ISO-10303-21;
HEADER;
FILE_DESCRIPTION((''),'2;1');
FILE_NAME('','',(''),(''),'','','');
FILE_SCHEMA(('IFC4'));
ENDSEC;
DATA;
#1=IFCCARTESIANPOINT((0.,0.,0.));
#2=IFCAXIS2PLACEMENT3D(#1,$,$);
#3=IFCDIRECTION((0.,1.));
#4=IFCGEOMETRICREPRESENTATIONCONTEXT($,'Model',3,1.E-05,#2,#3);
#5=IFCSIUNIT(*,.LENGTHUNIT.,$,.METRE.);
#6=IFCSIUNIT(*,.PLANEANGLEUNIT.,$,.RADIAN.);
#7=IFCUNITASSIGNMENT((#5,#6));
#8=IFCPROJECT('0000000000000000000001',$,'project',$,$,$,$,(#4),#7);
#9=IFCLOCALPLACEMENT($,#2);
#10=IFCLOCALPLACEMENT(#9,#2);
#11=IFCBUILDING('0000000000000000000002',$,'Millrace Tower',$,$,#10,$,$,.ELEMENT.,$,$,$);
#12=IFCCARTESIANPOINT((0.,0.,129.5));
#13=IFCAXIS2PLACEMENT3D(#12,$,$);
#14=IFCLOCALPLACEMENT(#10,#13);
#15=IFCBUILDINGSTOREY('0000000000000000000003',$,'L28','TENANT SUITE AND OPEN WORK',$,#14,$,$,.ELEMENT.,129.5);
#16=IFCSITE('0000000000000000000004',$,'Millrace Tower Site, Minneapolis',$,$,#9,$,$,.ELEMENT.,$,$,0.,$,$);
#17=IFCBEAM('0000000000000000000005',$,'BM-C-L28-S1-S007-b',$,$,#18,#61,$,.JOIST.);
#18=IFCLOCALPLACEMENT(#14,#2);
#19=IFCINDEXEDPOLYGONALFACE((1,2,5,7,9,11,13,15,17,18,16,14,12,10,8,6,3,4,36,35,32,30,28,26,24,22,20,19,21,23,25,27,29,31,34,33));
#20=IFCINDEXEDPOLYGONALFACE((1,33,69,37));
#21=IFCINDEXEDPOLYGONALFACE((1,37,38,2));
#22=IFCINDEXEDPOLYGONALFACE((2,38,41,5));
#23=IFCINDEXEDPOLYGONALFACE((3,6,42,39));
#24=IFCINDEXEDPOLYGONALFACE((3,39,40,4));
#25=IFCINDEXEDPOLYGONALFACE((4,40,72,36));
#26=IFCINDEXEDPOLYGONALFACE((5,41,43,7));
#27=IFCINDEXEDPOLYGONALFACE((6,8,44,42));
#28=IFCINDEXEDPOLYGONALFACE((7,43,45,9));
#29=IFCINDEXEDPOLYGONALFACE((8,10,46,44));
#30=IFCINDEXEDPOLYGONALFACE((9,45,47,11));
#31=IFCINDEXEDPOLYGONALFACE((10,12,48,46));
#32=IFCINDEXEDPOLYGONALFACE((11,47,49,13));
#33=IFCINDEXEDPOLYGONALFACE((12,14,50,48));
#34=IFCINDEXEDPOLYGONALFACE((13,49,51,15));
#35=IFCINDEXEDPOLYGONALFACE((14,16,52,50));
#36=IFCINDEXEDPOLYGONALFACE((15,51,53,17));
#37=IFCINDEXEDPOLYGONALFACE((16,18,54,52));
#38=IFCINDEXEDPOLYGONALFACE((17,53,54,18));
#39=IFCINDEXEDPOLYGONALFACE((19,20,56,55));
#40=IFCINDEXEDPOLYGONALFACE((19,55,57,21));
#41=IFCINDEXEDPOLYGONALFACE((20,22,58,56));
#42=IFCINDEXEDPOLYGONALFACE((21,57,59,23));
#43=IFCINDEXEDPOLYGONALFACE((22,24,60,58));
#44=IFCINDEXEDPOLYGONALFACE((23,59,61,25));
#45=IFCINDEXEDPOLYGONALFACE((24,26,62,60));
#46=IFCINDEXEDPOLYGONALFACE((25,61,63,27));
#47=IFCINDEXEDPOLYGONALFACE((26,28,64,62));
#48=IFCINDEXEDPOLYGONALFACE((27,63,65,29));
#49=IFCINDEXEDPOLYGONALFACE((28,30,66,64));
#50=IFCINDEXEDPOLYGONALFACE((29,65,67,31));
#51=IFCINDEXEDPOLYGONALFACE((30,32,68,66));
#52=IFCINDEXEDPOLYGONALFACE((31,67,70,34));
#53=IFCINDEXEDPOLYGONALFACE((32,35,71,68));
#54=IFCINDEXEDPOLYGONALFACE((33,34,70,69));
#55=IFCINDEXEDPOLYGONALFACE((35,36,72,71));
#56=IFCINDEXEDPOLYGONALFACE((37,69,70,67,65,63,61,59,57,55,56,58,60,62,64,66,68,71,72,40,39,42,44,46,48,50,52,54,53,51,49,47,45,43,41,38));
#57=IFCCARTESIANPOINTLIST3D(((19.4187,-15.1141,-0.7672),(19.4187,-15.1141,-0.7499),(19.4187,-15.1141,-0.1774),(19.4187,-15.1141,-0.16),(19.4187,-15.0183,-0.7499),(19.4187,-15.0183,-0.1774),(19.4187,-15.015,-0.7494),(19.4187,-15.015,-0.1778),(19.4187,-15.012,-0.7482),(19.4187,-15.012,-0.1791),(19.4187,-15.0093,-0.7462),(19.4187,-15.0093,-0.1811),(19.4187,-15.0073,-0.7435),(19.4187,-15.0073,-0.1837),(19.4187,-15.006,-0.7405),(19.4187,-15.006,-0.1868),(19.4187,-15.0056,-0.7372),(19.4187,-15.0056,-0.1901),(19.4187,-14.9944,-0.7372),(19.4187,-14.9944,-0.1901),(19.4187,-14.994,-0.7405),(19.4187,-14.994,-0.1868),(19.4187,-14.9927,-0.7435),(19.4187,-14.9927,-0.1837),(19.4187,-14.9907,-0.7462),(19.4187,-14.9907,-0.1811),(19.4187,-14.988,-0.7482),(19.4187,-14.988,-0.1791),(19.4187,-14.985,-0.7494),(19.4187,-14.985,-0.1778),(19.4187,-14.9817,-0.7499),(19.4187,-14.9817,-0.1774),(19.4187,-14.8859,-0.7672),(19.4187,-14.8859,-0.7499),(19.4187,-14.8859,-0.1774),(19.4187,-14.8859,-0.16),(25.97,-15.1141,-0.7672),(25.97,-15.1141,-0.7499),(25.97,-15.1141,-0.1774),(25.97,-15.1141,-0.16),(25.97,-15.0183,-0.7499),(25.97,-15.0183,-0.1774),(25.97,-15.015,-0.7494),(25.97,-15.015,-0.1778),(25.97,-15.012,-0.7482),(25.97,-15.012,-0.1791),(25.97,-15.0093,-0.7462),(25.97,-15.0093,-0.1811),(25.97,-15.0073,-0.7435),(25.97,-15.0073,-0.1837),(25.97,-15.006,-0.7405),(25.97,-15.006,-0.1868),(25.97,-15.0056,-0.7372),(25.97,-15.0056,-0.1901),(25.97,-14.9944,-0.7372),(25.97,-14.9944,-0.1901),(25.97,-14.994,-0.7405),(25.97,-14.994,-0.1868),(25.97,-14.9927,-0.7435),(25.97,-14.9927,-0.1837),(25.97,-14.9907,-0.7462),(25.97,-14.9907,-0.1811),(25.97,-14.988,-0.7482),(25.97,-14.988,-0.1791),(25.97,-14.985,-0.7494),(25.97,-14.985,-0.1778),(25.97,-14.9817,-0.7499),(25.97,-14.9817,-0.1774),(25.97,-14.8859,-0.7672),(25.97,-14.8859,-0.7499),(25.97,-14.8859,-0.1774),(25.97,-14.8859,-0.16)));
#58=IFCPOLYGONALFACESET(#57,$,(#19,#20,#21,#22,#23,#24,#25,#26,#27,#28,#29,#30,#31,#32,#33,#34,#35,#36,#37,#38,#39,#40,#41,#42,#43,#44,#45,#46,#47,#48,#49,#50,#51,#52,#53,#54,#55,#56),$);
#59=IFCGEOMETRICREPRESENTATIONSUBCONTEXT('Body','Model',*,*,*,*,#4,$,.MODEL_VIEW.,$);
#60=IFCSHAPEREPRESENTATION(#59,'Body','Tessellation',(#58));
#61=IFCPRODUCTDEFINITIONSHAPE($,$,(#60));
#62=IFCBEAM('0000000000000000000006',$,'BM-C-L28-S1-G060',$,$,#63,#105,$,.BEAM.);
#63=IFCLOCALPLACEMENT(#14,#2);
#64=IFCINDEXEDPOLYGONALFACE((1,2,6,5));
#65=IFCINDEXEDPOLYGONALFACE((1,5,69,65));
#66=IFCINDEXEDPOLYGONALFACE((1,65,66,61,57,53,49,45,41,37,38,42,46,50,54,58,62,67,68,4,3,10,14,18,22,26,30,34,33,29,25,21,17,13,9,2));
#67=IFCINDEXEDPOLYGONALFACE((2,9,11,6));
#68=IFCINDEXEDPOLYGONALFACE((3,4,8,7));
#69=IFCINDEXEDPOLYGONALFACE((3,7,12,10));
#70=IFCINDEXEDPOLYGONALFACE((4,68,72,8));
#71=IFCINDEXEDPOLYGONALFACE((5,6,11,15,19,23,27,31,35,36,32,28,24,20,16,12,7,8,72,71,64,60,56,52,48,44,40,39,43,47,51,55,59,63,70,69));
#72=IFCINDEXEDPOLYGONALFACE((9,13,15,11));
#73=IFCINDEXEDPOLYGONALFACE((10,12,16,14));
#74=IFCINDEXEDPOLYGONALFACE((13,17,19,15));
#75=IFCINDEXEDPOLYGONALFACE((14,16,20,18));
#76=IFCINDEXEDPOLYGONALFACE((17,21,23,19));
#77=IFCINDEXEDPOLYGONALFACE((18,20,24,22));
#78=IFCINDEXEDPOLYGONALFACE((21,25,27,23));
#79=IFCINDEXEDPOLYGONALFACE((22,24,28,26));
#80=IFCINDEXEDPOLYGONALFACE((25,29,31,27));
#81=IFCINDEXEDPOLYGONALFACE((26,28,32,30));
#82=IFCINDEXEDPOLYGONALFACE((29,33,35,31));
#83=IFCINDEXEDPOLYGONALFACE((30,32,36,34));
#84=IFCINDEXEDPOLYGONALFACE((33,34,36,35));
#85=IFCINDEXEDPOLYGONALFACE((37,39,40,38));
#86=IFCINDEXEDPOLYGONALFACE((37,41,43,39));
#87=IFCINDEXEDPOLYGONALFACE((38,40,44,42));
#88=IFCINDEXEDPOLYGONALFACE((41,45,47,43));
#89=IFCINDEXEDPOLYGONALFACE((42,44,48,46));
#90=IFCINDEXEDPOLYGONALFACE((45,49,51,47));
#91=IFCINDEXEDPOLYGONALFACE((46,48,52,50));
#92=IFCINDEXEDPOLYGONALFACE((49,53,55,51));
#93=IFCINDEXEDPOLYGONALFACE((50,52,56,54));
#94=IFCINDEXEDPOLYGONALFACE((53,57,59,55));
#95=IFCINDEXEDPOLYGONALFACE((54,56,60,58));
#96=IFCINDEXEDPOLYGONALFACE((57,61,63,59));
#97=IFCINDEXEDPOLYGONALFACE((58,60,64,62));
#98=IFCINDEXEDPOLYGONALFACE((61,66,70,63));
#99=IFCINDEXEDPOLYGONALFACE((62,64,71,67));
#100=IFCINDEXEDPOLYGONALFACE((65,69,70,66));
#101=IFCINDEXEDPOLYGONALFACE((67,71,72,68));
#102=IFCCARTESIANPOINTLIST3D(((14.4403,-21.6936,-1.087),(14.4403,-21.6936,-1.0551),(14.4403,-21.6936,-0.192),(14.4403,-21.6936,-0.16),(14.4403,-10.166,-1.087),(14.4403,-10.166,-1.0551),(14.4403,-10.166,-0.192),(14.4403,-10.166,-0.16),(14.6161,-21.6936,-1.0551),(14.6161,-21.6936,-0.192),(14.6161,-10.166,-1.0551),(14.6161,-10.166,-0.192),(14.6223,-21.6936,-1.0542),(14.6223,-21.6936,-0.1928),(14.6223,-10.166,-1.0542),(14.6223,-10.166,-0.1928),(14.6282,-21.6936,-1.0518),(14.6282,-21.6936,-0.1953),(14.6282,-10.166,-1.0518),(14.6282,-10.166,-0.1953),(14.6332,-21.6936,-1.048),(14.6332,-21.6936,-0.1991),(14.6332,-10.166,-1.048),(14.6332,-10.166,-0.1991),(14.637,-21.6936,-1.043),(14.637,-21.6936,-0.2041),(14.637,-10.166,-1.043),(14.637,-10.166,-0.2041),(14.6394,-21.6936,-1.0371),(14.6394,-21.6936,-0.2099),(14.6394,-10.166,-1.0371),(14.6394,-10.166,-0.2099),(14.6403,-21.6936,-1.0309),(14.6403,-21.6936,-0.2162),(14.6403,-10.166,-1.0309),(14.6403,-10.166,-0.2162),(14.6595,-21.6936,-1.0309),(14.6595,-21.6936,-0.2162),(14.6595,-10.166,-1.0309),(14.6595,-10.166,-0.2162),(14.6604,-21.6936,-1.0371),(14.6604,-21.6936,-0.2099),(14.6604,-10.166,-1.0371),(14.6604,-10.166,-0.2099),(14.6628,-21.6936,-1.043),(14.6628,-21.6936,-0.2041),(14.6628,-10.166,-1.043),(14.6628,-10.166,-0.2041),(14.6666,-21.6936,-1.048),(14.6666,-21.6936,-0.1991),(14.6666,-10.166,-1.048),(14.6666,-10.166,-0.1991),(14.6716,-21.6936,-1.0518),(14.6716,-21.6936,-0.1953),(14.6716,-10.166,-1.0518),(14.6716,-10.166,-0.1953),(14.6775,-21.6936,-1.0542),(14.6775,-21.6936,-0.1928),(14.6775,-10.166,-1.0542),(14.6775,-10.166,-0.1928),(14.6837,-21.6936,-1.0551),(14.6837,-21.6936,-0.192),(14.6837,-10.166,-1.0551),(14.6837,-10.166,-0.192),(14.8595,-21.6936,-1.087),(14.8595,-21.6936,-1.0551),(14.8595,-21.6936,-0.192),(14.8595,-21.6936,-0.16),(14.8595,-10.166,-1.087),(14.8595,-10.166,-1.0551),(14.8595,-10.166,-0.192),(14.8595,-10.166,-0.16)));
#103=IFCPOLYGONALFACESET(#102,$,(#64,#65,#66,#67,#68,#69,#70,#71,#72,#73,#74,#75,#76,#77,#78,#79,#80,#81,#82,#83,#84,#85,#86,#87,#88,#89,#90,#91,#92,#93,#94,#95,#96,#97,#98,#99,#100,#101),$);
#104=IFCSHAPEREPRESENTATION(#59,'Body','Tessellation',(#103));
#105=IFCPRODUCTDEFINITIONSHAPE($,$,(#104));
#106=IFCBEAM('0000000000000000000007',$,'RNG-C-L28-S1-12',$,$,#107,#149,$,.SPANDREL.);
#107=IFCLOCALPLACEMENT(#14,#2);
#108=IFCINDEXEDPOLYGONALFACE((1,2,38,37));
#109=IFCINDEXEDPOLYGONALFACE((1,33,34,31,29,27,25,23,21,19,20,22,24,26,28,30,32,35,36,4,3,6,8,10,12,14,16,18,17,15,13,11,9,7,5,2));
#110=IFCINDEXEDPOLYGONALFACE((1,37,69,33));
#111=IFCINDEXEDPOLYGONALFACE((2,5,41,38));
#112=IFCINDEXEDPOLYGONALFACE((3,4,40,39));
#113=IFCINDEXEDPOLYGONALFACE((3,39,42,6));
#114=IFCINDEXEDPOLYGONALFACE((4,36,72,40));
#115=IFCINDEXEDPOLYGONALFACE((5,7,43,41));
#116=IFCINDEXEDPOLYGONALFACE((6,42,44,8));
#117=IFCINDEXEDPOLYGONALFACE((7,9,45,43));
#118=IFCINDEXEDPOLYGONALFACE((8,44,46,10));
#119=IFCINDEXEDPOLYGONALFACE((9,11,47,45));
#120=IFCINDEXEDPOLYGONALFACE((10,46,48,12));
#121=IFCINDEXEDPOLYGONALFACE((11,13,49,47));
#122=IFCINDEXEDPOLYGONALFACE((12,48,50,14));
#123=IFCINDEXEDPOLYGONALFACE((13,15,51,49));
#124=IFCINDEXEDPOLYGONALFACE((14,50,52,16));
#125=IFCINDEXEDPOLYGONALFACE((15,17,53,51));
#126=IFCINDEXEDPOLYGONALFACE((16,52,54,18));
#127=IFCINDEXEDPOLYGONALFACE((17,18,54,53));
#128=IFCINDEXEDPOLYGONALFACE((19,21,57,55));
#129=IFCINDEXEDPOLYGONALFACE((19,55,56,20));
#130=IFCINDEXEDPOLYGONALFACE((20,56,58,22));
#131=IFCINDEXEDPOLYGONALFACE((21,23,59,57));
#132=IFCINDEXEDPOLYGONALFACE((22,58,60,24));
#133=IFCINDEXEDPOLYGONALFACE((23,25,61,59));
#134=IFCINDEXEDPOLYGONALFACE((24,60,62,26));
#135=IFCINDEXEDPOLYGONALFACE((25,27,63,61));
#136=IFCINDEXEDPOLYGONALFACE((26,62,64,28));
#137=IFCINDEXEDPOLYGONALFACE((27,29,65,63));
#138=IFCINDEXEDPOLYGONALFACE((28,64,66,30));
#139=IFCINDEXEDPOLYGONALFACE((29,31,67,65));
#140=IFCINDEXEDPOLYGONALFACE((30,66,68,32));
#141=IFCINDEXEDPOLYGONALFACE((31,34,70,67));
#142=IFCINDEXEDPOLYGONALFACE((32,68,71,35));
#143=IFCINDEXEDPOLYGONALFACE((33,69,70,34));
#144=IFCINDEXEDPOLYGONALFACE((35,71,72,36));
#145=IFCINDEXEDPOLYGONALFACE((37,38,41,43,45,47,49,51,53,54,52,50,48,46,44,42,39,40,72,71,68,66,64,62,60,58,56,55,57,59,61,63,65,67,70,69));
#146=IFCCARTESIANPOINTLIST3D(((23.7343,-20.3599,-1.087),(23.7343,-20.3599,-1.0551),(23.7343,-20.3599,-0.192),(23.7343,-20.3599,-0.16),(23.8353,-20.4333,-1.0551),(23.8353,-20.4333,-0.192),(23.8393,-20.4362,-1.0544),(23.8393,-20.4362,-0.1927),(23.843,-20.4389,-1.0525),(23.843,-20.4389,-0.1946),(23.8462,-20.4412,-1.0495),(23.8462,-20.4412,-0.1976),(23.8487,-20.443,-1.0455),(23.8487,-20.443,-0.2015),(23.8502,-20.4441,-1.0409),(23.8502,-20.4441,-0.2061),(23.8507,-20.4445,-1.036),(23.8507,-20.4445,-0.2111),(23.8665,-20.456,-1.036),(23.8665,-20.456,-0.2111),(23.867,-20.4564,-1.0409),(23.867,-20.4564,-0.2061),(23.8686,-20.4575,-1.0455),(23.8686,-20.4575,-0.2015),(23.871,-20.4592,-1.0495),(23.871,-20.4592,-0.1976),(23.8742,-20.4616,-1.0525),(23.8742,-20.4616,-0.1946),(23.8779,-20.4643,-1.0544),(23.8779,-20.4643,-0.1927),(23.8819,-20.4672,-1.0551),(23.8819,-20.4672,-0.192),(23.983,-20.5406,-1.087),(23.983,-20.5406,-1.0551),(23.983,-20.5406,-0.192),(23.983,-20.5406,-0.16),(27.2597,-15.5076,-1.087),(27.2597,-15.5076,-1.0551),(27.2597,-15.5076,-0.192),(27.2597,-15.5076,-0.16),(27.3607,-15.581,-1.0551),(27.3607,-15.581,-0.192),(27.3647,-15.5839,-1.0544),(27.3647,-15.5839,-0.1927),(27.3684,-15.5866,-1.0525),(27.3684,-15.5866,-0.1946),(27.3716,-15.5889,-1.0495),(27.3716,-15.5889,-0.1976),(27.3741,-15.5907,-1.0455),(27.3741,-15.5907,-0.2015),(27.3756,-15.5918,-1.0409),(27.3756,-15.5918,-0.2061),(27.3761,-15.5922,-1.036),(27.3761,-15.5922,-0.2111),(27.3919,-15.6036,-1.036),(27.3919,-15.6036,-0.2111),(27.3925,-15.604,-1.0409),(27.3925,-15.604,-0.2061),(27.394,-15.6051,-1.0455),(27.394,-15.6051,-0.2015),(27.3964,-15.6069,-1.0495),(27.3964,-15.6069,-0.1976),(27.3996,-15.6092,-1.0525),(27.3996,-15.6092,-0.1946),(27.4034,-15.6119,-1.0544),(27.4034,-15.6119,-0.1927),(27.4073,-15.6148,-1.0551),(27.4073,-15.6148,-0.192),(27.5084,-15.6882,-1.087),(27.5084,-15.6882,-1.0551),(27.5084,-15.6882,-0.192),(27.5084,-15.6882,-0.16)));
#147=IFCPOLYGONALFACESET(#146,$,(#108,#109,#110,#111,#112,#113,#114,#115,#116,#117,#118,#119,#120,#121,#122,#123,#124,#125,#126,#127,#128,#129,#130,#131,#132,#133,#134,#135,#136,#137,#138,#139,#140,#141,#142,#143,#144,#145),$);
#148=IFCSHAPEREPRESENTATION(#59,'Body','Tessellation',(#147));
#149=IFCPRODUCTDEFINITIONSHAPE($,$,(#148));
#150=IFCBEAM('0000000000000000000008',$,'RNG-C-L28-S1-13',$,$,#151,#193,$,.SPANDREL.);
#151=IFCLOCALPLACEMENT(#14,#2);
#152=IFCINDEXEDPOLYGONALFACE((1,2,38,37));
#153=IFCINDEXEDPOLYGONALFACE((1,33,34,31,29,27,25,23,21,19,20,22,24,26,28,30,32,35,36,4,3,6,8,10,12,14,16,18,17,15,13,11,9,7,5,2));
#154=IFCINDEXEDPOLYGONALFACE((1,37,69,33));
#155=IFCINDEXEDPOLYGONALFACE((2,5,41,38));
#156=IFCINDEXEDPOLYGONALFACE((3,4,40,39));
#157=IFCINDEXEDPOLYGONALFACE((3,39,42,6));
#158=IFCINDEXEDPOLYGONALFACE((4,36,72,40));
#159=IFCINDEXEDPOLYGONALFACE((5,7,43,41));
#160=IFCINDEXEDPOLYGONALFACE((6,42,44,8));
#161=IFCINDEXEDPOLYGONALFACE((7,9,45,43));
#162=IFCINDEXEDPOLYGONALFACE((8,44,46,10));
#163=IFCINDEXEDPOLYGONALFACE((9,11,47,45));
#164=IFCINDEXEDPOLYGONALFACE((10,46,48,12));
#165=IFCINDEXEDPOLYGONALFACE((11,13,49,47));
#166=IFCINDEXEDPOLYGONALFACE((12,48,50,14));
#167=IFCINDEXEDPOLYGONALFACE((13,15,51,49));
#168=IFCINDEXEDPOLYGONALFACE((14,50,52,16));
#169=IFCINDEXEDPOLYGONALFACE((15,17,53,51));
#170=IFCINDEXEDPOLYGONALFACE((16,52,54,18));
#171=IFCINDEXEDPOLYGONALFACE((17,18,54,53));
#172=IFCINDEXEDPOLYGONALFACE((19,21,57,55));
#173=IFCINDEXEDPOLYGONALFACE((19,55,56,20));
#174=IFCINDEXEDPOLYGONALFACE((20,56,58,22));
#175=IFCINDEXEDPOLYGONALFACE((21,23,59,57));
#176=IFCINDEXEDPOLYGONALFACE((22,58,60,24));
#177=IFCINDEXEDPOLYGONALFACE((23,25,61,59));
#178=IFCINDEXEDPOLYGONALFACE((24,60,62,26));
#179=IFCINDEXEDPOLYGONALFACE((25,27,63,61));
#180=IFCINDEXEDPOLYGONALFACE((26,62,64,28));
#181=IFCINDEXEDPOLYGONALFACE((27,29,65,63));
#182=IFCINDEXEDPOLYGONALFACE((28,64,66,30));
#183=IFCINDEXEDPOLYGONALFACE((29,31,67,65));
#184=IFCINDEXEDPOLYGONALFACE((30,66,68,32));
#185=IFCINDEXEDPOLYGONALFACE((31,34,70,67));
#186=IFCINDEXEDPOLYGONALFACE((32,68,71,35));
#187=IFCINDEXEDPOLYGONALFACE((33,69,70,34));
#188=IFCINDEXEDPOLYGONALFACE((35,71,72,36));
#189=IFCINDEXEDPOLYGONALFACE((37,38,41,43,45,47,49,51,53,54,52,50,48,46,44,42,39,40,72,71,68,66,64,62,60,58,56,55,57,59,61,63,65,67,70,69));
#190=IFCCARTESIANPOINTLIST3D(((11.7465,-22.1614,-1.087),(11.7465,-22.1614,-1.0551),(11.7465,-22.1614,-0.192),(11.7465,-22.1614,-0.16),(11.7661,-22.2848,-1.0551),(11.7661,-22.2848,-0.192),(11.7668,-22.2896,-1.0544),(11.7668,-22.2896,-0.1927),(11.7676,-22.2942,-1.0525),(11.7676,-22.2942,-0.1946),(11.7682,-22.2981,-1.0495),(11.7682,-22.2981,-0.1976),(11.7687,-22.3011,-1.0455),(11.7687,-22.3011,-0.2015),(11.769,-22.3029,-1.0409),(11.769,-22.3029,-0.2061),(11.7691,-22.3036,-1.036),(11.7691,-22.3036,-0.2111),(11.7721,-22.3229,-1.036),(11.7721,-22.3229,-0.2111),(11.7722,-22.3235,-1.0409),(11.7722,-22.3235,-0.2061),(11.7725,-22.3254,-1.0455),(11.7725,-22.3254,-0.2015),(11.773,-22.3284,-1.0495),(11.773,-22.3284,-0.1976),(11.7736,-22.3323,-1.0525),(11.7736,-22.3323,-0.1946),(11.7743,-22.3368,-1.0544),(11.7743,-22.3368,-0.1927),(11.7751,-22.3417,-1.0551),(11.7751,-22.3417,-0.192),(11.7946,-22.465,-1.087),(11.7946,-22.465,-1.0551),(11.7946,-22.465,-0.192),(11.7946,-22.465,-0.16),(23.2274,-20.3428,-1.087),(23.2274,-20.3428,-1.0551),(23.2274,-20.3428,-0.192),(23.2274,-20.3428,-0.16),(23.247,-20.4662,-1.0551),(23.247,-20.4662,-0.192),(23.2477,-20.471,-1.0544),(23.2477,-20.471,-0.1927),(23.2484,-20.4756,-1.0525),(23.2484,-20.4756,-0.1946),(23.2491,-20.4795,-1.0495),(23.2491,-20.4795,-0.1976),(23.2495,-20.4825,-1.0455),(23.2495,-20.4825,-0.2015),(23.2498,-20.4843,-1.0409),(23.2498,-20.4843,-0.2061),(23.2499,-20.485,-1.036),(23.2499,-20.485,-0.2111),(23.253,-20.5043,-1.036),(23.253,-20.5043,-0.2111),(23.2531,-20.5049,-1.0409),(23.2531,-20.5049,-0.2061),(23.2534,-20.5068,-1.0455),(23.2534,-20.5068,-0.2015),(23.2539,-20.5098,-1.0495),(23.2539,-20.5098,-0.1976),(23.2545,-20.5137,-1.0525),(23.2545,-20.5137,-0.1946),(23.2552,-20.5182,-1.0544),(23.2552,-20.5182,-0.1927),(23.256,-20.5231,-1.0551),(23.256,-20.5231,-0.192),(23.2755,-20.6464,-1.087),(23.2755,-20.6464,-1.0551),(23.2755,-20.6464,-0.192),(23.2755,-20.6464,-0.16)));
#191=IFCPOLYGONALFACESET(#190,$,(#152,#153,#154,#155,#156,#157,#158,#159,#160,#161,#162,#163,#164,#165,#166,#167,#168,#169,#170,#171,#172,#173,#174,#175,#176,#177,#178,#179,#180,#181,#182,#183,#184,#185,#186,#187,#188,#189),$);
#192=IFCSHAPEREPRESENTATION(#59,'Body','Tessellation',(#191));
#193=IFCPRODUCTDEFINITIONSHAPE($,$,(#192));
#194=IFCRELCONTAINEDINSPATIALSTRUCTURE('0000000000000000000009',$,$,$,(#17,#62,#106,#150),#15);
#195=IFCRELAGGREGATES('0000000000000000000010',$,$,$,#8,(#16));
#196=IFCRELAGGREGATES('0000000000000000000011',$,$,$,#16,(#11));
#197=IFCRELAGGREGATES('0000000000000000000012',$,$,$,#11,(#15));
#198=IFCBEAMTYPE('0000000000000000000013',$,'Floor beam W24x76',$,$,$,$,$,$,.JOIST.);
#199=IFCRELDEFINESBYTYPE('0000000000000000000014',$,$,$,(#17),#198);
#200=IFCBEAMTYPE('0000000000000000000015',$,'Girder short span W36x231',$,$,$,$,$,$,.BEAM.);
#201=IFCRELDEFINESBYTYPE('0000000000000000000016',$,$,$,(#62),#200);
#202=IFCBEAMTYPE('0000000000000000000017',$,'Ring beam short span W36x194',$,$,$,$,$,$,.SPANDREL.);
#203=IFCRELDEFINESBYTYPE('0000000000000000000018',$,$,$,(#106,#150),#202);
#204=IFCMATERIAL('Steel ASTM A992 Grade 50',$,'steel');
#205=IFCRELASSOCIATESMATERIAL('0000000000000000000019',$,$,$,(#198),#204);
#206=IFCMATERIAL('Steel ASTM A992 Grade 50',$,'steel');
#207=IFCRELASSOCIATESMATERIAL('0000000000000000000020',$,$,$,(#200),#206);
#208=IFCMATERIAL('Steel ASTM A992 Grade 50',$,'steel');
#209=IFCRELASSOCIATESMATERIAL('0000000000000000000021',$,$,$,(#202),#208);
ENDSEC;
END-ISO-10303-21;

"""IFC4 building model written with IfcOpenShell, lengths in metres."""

from ifc_helpers import new_model, si_unit, direction, frame, origin, origin_2d, place, context, subcontext, project, spatial, i_section, extrude, material, material_profile, profile_set, type_object, element, save


model = new_model("IFC4")

# Units and contexts
model_context = context("Model", 3, precision=1e-05, world=origin(), true_north=direction((0.0, 1.0)))
body_context = subcontext(model_context, "Body", "Model", "MODEL_VIEW")
ifc_project = project(units=[si_unit("LENGTHUNIT", "METRE"), si_unit("PLANEANGLEUNIT", "RADIAN")], contexts=[model_context])

# Site, building, storey
site_placement = place(None, origin())
site = spatial("IfcSite", under=ifc_project, at=site_placement, Name="Millrace Tower Site, Minneapolis", CompositionType="ELEMENT", RefElevation=0.0)
building_placement = place(site_placement, origin())
building = spatial("IfcBuilding", under=site, at=building_placement, Name="Millrace Tower", CompositionType="ELEMENT")
storey_placement = place(building_placement, frame((0.0, 0.0, 129.5)))
storey = spatial("IfcBuildingStorey", under=building, at=storey_placement, Name="L28", Description="TENANT SUITE AND OPEN WORK", CompositionType="ELEMENT", Elevation=129.5)

# Beams
ifc_material_1 = material(Name="Steel ASTM A992 Grade 50", Category="steel")
ifc_material_profile_1 = material_profile(ifc_material_1, i_section(OverallWidth=0.2283, OverallDepth=0.6072, WebThickness=0.0112, FlangeThickness=0.0173, FilletRadius=0.0127, at=origin_2d()))
ifc_profile_set_1 = profile_set([ifc_material_profile_1], Name="Steel ASTM A992 Grade 50")
beam_type_1 = type_object("IfcBeamType", Name="Floor beam W24x76", PredefinedType="JOIST", material=ifc_profile_set_1)
beam_1_placement = place(storey_placement, frame((19.4187, -15.0, -0.4636), z_axis=(1.0, 0.0, 0.0), x_axis=(0.0, 1.0, 0.0)))
element("IfcBeam", 1, at=beam_1_placement, inside=storey, type_object=beam_type_1, Name="BM-C-L28-S1-S007-b", PredefinedType="JOIST", context=body_context, shape_type="SweptSolid", body=[
    extrude(i_section(OverallWidth=0.2283, OverallDepth=0.6072, WebThickness=0.0112, FlangeThickness=0.0173, FilletRadius=0.0127, at=origin_2d()), origin(), (0.0, 0.0, 1.0), 6.5513),
])
ifc_material_2 = material(Name="Steel ASTM A992 Grade 50", Category="steel")
ifc_material_profile_2 = material_profile(ifc_material_2, i_section(OverallWidth=0.4192, OverallDepth=0.927, WebThickness=0.0193, FlangeThickness=0.032, FilletRadius=0.0242, at=origin_2d()))
ifc_profile_set_2 = profile_set([ifc_material_profile_2], Name="Steel ASTM A992 Grade 50")
beam_type_2 = type_object("IfcBeamType", Name="Girder short span W36x231", PredefinedType="BEAM", material=ifc_profile_set_2)
beam_2_placement = place(storey_placement, frame((14.6499, -21.6936, -0.6235), z_axis=(0.0, 1.0, 0.0), x_axis=(-1.0, 0.0, 0.0)))
element("IfcBeam", 2, at=beam_2_placement, inside=storey, type_object=beam_type_2, Name="BM-C-L28-S1-G060", PredefinedType="BEAM", context=body_context, shape_type="SweptSolid", body=[
    extrude(i_section(OverallWidth=0.4192, OverallDepth=0.927, WebThickness=0.0193, FlangeThickness=0.032, FilletRadius=0.0242, at=origin_2d()), origin(), (0.0, 0.0, 1.0), 11.5276),
])
ifc_material_3 = material(Name="Steel ASTM A992 Grade 50", Category="steel")
ifc_material_profile_3 = material_profile(ifc_material_3, i_section(OverallWidth=0.3074, OverallDepth=0.927, WebThickness=0.0195, FlangeThickness=0.032, FilletRadius=0.019, at=origin_2d()))
ifc_profile_set_3 = profile_set([ifc_material_profile_3], Name="Steel ASTM A992 Grade 50")
beam_type_3 = type_object("IfcBeamType", Name="Ring beam short span W36x194", PredefinedType="SPANDREL", material=ifc_profile_set_3)
beam_3_placement = place(storey_placement, frame((27.384, -15.5979, -0.6235), z_axis=(-0.587784, -0.809018, 0.0), x_axis=(0.809018, -0.587784, 0.0)))
element("IfcBeam", 3, at=beam_3_placement, inside=storey, type_object=beam_type_3, Name="RNG-C-L28-S1-12", PredefinedType="SPANDREL", context=body_context, shape_type="SweptSolid", body=[
    extrude(i_section(OverallWidth=0.3074, OverallDepth=0.927, WebThickness=0.0195, FlangeThickness=0.032, FilletRadius=0.019, at=origin_2d()), origin(), (0.0, 0.0, 1.0), 5.9978),
])
beam_4_placement = place(storey_placement, frame((23.2515, -20.4946, -0.6235), z_axis=(-0.987686, -0.156451, 0.0), x_axis=(0.156451, -0.987686, 0.0)))
element("IfcBeam", 4, at=beam_4_placement, inside=storey, type_object=beam_type_3, Name="RNG-C-L28-S1-13", PredefinedType="SPANDREL", context=body_context, shape_type="SweptSolid", body=[
    extrude(i_section(OverallWidth=0.3074, OverallDepth=0.927, WebThickness=0.0195, FlangeThickness=0.032, FilletRadius=0.019, at=origin_2d()), origin(), (0.0, 0.0, 1.0), 11.624),
])

save(model, "model.ifc")
